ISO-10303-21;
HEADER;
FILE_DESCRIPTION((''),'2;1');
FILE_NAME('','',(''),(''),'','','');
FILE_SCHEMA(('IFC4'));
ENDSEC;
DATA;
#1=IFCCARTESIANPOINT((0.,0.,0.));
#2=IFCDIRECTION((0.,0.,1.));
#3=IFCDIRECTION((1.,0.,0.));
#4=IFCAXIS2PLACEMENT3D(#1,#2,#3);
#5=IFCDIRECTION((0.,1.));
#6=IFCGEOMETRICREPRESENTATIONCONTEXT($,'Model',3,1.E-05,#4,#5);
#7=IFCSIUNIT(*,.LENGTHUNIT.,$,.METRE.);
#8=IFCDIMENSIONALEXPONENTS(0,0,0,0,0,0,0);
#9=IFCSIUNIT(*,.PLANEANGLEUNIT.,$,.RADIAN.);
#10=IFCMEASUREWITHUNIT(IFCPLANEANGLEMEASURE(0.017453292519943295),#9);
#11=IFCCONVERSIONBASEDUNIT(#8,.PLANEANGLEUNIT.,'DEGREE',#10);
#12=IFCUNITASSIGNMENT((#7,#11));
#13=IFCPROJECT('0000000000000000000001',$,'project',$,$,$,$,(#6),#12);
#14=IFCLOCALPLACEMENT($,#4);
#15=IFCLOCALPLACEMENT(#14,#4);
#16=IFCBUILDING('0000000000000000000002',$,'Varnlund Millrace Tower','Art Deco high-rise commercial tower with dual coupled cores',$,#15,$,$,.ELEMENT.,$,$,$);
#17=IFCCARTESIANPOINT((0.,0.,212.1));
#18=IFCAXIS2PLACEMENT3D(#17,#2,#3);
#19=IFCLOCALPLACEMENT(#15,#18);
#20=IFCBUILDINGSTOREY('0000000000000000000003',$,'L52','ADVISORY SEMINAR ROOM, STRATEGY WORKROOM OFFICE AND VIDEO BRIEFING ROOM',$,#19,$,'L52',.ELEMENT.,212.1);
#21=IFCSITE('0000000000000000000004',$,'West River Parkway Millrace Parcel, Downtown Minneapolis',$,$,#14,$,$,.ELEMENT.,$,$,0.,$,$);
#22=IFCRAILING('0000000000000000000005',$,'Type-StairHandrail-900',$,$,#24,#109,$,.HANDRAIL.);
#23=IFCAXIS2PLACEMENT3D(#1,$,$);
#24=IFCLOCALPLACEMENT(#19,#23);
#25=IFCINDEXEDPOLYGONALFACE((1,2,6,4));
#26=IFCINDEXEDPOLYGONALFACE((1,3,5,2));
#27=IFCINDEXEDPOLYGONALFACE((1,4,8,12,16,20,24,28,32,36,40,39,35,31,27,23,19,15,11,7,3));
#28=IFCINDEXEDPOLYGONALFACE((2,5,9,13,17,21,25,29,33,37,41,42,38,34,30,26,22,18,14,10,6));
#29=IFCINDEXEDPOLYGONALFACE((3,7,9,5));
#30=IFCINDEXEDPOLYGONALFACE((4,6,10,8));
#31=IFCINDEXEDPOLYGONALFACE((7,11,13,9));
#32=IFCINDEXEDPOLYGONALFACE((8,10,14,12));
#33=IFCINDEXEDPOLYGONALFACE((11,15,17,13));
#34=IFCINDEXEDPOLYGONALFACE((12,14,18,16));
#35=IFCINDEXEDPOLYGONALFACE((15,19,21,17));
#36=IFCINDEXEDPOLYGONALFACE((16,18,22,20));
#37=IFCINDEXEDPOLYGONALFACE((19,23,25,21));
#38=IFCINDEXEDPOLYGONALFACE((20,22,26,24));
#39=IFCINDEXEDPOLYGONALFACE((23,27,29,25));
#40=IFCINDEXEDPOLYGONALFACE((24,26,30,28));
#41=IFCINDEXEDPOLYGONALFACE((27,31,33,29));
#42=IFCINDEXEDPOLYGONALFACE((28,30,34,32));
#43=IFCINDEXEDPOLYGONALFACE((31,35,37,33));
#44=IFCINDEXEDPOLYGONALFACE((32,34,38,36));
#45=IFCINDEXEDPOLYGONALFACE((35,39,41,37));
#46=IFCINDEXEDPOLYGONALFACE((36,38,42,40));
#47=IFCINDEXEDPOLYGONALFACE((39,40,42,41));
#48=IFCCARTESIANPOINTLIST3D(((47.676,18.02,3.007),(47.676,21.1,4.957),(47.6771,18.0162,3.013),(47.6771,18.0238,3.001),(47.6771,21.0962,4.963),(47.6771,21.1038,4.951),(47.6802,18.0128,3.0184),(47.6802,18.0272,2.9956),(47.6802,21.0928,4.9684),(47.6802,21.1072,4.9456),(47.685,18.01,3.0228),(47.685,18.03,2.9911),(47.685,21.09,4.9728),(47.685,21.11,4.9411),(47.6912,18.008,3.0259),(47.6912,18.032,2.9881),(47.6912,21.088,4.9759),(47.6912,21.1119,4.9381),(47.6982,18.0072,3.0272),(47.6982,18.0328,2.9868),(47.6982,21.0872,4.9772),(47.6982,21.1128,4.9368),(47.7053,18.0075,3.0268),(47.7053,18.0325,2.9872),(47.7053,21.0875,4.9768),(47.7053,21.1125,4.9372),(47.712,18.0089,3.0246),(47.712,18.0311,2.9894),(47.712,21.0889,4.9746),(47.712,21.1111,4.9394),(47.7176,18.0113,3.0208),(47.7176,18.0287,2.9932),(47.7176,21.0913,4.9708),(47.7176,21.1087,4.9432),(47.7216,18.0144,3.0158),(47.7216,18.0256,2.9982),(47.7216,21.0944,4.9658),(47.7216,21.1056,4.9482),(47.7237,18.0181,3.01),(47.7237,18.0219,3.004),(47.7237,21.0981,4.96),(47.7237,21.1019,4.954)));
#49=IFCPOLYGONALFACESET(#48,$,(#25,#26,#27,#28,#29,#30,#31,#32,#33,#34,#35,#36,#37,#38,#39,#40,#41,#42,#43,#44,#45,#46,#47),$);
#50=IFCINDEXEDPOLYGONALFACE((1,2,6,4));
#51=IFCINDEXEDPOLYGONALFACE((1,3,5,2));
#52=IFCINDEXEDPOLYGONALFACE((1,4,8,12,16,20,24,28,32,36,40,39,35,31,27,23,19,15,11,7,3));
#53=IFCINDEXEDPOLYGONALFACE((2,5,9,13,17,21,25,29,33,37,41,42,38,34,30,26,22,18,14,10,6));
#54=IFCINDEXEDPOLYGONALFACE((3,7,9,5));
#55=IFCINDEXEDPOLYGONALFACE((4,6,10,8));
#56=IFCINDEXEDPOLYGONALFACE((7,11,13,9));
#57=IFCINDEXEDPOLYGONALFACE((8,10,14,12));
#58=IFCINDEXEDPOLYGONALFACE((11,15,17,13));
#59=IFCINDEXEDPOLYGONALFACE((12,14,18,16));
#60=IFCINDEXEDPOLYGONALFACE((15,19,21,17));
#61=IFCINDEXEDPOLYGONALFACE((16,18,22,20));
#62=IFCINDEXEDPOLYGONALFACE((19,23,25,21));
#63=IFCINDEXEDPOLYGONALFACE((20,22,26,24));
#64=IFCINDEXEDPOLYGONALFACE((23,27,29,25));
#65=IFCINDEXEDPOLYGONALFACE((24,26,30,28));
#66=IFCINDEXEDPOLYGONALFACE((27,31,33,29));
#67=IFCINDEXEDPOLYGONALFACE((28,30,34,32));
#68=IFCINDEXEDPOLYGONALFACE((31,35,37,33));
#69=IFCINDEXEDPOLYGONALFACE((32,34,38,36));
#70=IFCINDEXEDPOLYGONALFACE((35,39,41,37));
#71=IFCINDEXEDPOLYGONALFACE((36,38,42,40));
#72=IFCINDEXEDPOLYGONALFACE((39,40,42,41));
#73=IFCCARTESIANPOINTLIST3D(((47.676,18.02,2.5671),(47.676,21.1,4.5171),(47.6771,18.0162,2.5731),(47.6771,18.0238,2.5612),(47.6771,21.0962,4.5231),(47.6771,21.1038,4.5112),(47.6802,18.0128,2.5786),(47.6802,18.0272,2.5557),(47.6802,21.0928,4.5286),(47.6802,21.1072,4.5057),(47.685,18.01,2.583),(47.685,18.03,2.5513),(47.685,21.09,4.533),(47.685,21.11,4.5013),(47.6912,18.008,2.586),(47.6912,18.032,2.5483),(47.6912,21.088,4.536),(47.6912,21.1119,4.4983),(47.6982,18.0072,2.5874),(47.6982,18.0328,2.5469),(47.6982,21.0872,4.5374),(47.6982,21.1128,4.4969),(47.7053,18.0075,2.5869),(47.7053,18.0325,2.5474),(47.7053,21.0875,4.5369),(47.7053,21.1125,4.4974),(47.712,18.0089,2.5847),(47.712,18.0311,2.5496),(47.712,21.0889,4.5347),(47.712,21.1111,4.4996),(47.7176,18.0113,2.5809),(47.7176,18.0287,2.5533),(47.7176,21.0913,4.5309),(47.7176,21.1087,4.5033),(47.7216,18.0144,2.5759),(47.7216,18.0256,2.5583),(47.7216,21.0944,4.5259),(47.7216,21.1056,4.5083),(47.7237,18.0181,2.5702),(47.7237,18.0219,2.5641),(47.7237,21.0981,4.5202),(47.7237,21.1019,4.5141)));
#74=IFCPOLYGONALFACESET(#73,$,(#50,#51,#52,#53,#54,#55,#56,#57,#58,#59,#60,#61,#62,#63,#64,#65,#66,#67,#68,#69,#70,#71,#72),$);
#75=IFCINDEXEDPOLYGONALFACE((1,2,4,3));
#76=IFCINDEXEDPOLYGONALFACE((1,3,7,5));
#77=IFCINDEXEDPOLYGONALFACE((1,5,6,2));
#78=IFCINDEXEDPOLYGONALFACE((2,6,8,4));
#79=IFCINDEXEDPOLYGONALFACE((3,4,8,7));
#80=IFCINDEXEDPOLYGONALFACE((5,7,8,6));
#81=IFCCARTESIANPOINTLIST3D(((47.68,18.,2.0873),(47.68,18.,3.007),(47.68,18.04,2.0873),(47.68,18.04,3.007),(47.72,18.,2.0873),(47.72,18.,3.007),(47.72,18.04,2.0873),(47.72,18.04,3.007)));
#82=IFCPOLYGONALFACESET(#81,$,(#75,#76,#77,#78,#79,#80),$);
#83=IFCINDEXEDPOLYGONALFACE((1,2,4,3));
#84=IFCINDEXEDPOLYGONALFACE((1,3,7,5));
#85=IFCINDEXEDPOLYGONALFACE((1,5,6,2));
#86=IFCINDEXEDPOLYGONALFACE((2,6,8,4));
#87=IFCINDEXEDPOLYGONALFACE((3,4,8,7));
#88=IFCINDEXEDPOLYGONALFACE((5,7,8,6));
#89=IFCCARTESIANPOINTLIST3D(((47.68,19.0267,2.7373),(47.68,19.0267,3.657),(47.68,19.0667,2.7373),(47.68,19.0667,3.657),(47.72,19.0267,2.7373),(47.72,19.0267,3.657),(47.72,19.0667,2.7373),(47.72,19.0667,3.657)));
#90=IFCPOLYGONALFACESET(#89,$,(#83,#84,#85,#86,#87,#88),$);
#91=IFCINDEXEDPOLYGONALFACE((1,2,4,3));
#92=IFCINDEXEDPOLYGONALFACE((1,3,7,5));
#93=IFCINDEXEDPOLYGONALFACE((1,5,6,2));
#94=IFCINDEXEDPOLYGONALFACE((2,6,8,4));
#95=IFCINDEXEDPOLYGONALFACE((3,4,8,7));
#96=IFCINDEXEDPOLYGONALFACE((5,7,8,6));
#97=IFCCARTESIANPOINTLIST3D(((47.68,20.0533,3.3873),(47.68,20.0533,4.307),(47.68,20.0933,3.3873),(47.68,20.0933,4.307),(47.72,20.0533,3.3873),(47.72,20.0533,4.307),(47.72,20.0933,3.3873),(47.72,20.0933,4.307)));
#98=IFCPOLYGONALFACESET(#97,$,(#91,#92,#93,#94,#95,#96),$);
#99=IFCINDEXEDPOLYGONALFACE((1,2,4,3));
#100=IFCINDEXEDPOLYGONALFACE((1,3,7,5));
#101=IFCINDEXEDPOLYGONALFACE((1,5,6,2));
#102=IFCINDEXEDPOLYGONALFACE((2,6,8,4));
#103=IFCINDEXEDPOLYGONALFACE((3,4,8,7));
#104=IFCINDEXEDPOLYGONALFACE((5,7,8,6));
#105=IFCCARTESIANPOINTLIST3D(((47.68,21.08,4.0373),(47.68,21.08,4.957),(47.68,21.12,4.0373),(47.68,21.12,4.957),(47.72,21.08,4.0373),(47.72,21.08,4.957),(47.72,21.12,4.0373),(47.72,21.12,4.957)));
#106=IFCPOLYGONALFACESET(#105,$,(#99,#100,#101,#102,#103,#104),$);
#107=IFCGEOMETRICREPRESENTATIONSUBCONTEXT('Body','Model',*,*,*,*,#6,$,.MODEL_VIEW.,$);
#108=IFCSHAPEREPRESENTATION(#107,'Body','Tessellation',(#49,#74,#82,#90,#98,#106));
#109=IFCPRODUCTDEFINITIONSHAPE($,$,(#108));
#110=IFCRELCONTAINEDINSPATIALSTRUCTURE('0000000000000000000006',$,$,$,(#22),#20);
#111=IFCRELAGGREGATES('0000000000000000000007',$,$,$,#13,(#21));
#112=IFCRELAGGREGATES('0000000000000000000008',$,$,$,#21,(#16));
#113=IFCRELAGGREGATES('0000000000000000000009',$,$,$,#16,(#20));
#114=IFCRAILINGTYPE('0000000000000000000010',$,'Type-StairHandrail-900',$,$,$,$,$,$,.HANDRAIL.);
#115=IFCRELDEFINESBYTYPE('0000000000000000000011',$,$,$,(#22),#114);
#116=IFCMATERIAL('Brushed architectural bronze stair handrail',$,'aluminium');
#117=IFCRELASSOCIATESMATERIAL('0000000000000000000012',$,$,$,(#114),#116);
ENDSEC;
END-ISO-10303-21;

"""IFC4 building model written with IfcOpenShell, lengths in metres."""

from ifc_helpers import new_model, entity, si_unit, converted_unit, direction, frame, origin_with_axes, origin_2d_with_axis, place, context, subcontext, project, spatial, rectangle, circle, extrude, material, type_object, element, save


model = new_model("IFC4")

# Units and contexts
model_context = context("Model", 3, precision=1e-05, world=origin_with_axes(), true_north=direction((0.0, 1.0)))
body_context = subcontext(model_context, "Body", "Model", "MODEL_VIEW")
ifc_project = project(units=[si_unit("LENGTHUNIT", "METRE"), converted_unit("PLANEANGLEUNIT", "DEGREE", entity("IfcPlaneAngleMeasure", 0.017453292519943295), si_unit("PLANEANGLEUNIT", "RADIAN"), dimensions=[0, 0, 0, 0, 0, 0, 0])], contexts=[model_context])

# Site, building, storey
site_placement = place(None, origin_with_axes())
site = spatial("IfcSite", under=ifc_project, at=site_placement, Name="West River Parkway Millrace Parcel, Downtown Minneapolis", CompositionType="ELEMENT", RefElevation=0.0)
building_placement = place(site_placement, origin_with_axes())
building = spatial("IfcBuilding", under=site, at=building_placement, Name="Varnlund Millrace Tower", Description="Art Deco high-rise commercial tower with dual coupled cores", CompositionType="ELEMENT")
storey_placement = place(building_placement, frame((0.0, 0.0, 212.1), z_axis=(0.0, 0.0, 1.0), x_axis=(1.0, 0.0, 0.0)))
storey = spatial("IfcBuildingStorey", under=building, at=storey_placement, Name="L52", Description="ADVISORY SEMINAR ROOM, STRATEGY WORKROOM OFFICE AND VIDEO BRIEFING ROOM", LongName="L52", CompositionType="ELEMENT", Elevation=212.1)

# Railing
ifc_material_1 = material(Name="Brushed architectural bronze stair handrail", Category="aluminium")
railing_type_1 = type_object("IfcRailingType", Name="Type-StairHandrail-900", PredefinedType="HANDRAIL", material=ifc_material_1)
railing_1_placement = place(storey_placement, frame((0.0, 0.0, -212.1), z_axis=(0.0, 0.0, 1.0), x_axis=(1.0, 0.0, 0.0)))
element("IfcRailing", 1, at=railing_1_placement, inside=storey, type_object=railing_type_1, Name="Type-StairHandrail-900", PredefinedType="HANDRAIL", context=body_context, shape_type="SweptSolid", body=[
    extrude(circle(Radius=0.024, at=origin_2d_with_axis()), frame((47.7, 18.02, 215.107), z_axis=(0.0, 0.844902, 0.534922), x_axis=(-1.0, 0.0, 0.0)), (0.0, 0.0, 1.0), 3.6454),
    extrude(circle(Radius=0.024, at=origin_2d_with_axis()), frame((47.7, 18.02, 214.6671), z_axis=(0.0, 0.844902, 0.534922), x_axis=(-1.0, 0.0, 0.0)), (0.0, 0.0, 1.0), 3.6454),
    extrude(rectangle(XDim=0.04, YDim=0.04, at=origin_2d_with_axis()), frame((47.7, 18.02, 214.1873), z_axis=(0.0, 0.0, 1.0), x_axis=(1.0, 0.0, 0.0)), (0.0, 0.0, 1.0), 0.9197),
    extrude(rectangle(XDim=0.04, YDim=0.04, at=origin_2d_with_axis()), frame((47.7, 19.0467, 214.8373), z_axis=(0.0, 0.0, 1.0), x_axis=(1.0, 0.0, 0.0)), (0.0, 0.0, 1.0), 0.9197),
    extrude(rectangle(XDim=0.04, YDim=0.04, at=origin_2d_with_axis()), frame((47.7, 20.0733, 215.4873), z_axis=(0.0, 0.0, 1.0), x_axis=(1.0, 0.0, 0.0)), (0.0, 0.0, 1.0), 0.9197),
    extrude(rectangle(XDim=0.04, YDim=0.04, at=origin_2d_with_axis()), frame((47.7, 21.1, 216.1373), z_axis=(0.0, 0.0, 1.0), x_axis=(1.0, 0.0, 0.0)), (0.0, 0.0, 1.0), 0.9197),
])

save(model, "model.ifc")
